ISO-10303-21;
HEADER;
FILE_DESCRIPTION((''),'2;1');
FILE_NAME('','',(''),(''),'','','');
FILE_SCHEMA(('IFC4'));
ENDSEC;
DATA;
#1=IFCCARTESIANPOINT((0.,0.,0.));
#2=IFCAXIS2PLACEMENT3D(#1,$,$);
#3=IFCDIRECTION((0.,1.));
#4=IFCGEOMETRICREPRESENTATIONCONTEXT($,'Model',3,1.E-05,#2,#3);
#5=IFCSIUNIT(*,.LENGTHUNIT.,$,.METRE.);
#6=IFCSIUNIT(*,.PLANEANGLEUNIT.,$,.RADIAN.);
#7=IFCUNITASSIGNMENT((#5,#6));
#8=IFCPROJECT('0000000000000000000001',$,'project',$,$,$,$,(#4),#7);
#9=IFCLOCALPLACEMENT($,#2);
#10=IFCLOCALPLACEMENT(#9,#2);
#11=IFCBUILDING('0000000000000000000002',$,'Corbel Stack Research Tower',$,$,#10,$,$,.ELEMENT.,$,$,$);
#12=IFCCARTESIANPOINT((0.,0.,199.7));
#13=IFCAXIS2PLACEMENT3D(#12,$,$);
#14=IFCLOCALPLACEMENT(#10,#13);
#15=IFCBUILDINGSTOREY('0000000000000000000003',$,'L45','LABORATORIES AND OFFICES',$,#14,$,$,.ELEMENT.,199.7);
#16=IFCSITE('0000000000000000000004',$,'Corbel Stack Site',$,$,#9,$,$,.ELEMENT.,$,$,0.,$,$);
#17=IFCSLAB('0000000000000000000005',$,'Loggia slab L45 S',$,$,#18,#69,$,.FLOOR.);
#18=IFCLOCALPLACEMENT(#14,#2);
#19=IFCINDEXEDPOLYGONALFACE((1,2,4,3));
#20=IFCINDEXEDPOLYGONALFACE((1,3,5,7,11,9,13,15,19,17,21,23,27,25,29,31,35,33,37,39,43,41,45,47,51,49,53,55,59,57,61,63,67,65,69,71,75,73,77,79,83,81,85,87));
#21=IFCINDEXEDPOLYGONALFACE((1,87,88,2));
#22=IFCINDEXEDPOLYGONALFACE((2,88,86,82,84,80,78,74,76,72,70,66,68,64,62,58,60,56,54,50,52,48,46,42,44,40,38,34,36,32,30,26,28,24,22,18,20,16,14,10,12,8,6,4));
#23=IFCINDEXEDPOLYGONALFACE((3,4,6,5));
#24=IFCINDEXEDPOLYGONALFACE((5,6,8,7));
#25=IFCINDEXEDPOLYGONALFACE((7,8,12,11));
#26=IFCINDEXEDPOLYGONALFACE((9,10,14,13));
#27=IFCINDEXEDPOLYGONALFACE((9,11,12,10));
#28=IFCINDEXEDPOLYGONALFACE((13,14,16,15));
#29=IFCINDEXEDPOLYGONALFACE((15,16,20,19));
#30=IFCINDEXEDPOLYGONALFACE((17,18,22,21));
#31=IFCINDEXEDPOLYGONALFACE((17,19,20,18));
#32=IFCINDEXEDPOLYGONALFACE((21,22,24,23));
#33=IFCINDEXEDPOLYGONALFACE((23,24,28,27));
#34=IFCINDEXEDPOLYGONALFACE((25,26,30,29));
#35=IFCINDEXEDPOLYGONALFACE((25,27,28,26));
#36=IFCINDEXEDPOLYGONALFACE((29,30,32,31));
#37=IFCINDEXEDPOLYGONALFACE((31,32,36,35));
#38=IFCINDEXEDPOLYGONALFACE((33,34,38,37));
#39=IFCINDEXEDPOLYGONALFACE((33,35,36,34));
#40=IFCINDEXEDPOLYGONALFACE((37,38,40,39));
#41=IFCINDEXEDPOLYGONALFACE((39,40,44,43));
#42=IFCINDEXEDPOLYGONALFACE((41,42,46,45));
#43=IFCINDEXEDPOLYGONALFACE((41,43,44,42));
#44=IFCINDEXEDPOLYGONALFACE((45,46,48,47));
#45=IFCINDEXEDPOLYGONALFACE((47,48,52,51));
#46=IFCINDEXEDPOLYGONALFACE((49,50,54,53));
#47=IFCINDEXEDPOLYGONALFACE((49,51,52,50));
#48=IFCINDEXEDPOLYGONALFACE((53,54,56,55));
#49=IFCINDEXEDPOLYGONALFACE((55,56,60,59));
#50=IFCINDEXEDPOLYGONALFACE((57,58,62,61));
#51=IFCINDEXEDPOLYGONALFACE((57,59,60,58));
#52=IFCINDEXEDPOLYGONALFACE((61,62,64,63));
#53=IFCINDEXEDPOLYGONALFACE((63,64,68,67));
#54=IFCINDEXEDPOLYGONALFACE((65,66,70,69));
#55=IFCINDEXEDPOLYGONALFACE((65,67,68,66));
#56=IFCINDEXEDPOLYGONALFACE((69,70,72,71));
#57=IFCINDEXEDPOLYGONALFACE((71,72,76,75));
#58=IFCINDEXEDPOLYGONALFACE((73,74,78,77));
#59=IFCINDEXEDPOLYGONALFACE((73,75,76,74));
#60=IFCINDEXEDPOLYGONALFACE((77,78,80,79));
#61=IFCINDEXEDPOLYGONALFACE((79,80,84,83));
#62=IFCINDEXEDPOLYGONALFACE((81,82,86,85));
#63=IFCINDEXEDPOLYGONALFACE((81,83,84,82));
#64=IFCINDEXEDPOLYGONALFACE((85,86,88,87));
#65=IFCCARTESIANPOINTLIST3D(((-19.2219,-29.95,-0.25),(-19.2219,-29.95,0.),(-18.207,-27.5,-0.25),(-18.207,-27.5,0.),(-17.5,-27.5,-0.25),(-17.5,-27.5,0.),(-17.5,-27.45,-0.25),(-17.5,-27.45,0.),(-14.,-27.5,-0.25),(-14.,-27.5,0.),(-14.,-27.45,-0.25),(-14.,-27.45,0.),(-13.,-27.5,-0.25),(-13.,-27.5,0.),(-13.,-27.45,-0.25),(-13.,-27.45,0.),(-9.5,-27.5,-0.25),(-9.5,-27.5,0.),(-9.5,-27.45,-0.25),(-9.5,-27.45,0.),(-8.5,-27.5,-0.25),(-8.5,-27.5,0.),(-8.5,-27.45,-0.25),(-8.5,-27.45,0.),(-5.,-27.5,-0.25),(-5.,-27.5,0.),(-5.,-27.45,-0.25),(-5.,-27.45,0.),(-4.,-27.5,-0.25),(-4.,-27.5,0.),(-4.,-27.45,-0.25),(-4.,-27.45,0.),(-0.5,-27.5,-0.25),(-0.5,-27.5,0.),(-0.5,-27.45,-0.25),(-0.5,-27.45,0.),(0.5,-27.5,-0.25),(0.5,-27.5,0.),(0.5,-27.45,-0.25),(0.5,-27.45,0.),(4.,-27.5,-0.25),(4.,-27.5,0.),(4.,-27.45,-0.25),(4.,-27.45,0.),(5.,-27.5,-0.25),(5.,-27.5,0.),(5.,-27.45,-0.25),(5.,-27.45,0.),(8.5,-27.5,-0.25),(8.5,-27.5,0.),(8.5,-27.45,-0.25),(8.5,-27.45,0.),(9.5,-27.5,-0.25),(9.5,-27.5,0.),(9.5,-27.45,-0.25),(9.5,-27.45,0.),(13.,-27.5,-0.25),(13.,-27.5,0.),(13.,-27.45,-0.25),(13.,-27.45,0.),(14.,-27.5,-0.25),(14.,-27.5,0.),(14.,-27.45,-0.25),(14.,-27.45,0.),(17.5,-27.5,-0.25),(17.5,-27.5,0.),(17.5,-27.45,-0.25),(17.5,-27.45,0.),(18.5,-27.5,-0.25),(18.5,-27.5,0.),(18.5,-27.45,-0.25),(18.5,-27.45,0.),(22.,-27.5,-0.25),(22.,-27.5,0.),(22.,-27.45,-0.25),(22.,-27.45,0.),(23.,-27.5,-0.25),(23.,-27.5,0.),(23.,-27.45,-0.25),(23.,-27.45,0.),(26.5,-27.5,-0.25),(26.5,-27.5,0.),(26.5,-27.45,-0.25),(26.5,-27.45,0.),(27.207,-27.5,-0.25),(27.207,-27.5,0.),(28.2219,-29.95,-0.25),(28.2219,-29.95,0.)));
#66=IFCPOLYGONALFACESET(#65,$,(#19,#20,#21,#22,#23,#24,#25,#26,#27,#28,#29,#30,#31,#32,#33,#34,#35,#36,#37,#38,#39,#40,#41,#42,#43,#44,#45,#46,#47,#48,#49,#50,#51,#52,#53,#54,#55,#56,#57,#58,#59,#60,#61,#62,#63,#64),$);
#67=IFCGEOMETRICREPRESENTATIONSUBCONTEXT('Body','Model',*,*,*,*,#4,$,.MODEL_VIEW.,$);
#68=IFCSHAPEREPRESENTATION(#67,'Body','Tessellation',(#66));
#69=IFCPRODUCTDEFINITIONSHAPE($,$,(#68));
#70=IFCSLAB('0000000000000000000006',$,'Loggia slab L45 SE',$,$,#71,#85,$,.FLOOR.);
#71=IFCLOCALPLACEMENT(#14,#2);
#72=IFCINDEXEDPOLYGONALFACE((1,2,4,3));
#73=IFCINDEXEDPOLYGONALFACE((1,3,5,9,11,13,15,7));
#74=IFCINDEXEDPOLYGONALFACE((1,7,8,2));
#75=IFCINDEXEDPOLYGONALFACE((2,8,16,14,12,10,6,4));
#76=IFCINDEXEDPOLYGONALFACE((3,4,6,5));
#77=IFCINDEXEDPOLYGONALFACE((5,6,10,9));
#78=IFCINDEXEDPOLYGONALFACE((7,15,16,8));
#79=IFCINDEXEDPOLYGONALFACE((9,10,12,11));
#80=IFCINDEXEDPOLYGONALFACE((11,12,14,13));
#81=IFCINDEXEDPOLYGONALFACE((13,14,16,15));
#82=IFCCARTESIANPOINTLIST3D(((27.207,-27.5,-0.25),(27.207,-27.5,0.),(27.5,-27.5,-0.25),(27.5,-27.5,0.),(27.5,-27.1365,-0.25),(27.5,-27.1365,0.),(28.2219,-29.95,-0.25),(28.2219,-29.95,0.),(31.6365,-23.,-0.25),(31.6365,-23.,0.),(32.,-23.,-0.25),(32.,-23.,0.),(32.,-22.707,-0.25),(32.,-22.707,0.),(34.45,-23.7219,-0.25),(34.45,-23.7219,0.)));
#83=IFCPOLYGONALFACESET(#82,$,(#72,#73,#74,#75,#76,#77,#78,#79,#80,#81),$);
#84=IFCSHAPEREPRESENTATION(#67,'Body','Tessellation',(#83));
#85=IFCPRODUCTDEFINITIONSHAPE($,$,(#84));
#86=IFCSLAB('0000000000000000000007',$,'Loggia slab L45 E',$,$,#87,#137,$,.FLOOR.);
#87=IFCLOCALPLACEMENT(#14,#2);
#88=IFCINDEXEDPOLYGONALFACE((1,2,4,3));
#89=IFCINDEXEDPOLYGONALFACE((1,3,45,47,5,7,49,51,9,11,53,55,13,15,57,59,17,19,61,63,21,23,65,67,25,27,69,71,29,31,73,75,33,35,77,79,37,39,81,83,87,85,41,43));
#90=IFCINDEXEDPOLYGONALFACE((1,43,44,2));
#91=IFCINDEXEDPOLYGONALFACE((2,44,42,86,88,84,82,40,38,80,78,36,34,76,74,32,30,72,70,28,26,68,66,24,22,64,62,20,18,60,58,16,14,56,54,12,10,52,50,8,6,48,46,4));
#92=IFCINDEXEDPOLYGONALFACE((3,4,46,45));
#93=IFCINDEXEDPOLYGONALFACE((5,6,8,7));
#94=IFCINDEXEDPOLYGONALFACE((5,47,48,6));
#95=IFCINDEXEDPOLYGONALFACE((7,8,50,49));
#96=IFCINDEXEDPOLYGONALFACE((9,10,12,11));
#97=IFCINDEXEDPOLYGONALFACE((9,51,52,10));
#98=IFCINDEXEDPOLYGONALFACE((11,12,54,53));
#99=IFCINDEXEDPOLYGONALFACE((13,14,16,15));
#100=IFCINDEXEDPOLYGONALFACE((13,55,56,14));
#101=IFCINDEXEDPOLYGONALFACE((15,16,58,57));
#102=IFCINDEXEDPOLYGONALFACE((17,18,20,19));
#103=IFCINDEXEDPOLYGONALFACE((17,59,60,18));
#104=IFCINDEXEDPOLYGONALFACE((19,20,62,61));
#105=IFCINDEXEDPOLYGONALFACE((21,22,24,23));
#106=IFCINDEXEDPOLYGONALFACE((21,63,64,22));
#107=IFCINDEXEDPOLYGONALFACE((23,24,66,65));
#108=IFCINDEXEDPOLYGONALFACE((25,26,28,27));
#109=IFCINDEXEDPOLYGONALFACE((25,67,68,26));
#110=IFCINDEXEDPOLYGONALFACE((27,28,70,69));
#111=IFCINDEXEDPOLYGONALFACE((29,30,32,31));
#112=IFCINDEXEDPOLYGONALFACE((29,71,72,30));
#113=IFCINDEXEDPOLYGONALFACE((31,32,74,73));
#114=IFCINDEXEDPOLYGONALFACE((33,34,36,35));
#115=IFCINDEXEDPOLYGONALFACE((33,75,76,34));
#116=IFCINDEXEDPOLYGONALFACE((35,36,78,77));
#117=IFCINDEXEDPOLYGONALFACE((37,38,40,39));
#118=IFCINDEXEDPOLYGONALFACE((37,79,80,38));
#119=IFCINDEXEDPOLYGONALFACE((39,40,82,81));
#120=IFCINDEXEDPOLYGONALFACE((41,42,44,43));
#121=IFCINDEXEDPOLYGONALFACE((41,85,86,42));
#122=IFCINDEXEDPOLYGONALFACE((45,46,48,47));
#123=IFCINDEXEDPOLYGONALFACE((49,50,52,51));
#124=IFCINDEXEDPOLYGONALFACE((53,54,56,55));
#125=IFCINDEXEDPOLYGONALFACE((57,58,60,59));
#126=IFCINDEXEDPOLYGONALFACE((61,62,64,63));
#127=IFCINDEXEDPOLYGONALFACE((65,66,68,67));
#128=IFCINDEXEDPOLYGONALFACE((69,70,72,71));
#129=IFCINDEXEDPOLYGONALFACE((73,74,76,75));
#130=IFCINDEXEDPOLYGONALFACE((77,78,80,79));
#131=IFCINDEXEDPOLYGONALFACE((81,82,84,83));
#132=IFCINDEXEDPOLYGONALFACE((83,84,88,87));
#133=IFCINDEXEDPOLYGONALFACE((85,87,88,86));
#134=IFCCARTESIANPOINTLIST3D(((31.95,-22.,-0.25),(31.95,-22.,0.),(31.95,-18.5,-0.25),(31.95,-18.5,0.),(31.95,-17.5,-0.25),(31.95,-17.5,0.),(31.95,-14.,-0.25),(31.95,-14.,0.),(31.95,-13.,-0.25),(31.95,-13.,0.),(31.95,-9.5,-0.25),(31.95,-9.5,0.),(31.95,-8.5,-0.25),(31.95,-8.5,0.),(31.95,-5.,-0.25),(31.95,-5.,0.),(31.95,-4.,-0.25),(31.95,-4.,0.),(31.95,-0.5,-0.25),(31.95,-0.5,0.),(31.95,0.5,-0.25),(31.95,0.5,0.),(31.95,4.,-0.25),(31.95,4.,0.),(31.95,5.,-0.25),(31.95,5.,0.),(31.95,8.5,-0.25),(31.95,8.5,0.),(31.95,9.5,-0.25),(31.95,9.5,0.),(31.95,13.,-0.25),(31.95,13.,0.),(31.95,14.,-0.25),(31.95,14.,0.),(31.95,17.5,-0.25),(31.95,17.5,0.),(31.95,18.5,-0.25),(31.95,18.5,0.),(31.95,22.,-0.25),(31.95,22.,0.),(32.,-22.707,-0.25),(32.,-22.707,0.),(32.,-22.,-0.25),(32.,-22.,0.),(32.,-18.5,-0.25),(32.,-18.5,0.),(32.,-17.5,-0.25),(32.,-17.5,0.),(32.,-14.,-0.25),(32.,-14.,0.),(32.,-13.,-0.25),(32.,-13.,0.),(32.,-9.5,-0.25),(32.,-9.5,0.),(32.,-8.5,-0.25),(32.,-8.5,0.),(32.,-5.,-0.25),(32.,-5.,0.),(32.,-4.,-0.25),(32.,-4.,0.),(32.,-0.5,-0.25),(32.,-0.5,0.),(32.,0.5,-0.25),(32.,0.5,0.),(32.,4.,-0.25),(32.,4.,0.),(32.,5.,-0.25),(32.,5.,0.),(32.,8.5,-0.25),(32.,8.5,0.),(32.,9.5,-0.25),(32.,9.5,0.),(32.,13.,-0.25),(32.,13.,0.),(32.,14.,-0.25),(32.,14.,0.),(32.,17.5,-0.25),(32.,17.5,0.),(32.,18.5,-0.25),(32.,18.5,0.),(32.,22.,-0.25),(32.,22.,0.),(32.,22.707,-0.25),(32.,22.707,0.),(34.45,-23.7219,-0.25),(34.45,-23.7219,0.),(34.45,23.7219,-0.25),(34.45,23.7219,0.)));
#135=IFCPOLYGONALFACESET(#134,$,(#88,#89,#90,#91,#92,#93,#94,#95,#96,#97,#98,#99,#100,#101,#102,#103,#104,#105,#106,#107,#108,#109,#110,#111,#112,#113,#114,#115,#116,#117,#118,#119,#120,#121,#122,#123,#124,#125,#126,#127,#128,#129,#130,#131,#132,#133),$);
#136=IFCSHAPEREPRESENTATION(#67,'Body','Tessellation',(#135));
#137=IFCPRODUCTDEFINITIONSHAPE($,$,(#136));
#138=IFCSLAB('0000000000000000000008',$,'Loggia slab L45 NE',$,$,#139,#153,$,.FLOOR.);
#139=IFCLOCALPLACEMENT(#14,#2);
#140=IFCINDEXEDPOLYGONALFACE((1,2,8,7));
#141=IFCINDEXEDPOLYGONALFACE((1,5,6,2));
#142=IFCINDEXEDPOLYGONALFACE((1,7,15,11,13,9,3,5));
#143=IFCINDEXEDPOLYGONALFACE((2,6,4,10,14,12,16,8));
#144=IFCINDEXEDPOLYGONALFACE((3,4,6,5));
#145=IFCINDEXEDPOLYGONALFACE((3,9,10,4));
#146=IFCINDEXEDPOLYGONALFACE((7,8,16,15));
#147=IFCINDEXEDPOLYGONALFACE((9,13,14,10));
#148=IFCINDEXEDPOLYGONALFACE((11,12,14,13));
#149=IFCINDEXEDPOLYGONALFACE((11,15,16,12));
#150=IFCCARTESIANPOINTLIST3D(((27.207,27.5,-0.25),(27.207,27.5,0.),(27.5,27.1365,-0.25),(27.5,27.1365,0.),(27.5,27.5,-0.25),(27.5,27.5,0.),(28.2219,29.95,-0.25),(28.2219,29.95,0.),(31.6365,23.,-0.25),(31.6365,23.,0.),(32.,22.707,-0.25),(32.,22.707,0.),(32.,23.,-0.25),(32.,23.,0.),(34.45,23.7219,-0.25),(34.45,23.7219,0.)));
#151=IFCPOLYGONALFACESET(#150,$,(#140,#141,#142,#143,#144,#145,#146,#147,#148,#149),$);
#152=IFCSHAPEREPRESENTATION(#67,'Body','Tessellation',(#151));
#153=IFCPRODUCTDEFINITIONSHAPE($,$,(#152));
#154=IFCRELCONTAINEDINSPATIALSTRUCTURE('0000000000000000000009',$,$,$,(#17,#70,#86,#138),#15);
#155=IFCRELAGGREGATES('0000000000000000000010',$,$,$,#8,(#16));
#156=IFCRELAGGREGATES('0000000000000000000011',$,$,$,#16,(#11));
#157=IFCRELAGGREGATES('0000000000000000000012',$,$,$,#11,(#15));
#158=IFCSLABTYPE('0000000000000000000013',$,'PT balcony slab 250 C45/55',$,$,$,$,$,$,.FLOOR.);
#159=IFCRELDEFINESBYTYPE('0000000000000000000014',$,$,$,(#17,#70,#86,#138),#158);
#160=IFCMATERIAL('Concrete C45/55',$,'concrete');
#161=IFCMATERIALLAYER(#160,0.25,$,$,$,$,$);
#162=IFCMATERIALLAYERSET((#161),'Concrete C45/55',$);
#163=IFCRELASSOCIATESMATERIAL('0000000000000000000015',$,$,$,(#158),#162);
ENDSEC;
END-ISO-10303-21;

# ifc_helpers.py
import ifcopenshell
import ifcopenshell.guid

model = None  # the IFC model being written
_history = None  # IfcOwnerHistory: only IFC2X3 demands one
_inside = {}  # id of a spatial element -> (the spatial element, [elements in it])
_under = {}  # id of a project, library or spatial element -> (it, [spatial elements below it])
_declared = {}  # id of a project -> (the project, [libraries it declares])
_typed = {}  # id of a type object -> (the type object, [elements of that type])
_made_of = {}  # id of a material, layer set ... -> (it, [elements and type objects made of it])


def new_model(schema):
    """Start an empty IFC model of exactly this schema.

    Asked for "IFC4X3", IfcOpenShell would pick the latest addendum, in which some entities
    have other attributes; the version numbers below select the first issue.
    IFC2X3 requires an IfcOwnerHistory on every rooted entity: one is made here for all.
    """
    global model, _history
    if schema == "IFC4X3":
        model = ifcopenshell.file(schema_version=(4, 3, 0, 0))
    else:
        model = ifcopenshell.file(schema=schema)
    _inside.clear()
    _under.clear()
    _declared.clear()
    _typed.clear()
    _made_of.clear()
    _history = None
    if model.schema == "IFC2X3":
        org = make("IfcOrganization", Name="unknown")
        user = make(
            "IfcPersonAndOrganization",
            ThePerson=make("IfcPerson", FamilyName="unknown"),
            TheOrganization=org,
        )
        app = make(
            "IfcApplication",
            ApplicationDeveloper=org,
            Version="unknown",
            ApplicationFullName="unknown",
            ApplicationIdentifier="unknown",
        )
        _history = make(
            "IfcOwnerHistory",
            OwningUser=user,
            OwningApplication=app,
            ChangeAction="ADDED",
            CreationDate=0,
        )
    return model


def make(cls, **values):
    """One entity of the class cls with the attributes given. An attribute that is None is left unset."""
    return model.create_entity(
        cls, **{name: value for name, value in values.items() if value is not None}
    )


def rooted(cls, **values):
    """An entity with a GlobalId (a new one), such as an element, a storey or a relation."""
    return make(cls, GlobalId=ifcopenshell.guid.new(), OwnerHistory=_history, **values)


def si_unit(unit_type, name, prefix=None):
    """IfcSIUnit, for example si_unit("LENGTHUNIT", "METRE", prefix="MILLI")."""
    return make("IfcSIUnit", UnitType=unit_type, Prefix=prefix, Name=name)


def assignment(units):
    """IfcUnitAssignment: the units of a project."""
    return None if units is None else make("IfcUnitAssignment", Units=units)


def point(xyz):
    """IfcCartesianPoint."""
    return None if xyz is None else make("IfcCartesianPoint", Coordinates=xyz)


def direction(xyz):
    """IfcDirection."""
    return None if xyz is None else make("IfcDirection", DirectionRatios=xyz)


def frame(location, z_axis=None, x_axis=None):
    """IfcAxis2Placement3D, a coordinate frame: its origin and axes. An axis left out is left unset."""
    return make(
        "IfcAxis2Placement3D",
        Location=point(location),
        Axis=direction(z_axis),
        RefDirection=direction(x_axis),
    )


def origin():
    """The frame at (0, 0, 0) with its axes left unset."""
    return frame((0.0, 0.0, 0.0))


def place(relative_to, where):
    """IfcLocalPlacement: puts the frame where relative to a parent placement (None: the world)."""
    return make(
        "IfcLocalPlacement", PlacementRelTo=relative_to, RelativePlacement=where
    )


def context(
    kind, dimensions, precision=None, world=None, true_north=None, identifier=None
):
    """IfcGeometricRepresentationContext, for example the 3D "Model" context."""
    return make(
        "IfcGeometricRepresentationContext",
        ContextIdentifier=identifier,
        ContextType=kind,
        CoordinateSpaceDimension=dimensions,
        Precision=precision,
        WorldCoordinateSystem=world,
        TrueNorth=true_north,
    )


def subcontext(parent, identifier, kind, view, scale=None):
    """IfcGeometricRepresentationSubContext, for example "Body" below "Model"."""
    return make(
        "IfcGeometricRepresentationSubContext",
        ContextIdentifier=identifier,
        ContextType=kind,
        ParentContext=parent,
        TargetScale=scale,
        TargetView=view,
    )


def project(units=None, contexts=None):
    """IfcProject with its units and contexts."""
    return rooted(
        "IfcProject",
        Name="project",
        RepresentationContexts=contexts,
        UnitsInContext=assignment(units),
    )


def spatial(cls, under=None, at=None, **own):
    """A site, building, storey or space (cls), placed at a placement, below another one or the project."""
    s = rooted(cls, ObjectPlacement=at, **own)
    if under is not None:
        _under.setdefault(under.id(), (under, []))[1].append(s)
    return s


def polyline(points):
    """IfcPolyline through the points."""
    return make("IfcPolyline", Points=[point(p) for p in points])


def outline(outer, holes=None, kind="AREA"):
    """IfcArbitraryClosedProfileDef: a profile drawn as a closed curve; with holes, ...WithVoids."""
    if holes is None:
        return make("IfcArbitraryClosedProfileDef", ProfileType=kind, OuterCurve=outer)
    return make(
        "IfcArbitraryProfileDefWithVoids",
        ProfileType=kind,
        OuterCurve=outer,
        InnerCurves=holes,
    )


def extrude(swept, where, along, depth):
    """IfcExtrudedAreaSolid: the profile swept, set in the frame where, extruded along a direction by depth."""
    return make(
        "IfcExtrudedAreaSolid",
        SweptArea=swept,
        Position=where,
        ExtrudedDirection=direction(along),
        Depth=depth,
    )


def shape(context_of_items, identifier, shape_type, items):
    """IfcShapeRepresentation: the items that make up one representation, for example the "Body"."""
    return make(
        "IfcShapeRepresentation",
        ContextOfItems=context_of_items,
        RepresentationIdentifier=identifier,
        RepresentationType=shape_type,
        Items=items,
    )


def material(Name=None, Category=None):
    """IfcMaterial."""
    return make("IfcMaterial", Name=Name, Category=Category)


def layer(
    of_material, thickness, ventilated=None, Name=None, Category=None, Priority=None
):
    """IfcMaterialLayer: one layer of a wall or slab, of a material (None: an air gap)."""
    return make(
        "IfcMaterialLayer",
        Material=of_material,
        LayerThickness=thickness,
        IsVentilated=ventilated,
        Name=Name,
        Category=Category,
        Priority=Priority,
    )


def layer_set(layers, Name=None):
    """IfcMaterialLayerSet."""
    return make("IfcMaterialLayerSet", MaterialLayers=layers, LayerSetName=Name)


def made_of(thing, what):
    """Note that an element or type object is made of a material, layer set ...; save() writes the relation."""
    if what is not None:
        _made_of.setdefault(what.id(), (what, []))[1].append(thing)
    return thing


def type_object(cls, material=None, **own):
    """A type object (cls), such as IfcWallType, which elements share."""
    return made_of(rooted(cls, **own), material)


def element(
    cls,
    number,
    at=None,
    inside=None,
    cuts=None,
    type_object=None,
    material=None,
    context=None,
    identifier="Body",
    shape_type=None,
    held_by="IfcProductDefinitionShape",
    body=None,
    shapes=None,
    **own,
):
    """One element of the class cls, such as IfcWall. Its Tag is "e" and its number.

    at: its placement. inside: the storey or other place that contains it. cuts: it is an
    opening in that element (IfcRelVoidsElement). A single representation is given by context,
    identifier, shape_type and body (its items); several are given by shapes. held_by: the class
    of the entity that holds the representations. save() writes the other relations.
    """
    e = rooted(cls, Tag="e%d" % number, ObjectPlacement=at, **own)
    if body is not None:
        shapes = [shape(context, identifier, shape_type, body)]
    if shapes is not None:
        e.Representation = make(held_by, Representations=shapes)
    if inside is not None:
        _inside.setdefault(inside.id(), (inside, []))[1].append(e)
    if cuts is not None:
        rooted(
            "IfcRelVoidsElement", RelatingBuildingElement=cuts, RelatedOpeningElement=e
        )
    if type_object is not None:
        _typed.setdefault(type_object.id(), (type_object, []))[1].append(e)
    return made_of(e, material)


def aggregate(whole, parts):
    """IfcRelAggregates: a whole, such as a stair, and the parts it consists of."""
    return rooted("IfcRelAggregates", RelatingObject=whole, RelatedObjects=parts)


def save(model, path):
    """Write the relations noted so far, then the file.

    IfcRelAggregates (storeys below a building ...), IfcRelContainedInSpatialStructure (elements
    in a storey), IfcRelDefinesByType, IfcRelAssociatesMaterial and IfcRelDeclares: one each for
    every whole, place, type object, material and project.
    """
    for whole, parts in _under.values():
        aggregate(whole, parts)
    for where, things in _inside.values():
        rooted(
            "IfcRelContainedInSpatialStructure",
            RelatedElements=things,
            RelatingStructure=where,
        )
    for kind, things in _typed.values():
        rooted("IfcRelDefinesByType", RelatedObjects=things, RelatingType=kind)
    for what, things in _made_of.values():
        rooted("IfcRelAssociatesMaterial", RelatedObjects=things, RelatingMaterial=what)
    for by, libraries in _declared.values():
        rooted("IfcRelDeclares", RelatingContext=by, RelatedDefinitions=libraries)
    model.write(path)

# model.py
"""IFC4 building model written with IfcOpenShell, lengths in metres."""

from ifc_helpers import new_model, si_unit, direction, frame, origin, place, context, subcontext, project, spatial, polyline, outline, extrude, material, layer, layer_set, type_object, element, save


model = new_model("IFC4")

# Units and contexts
model_context = context("Model", 3, precision=1e-05, world=origin(), true_north=direction((0.0, 1.0)))
body_context = subcontext(model_context, "Body", "Model", "MODEL_VIEW")
ifc_project = project(units=[si_unit("LENGTHUNIT", "METRE"), si_unit("PLANEANGLEUNIT", "RADIAN")], contexts=[model_context])

# Site, building, storey
site_placement = place(None, origin())
site = spatial("IfcSite", under=ifc_project, at=site_placement, Name="Corbel Stack Site", CompositionType="ELEMENT", RefElevation=0.0)
building_placement = place(site_placement, origin())
building = spatial("IfcBuilding", under=site, at=building_placement, Name="Corbel Stack Research Tower", CompositionType="ELEMENT")
storey_placement = place(building_placement, frame((0.0, 0.0, 199.7)))
storey = spatial("IfcBuildingStorey", under=building, at=storey_placement, Name="L45", Description="LABORATORIES AND OFFICES", CompositionType="ELEMENT", Elevation=199.7)

# Slabs
ifc_material_1 = material(Name="Concrete C45/55", Category="concrete")
ifc_layer_1 = layer(ifc_material_1, 0.25)
ifc_layer_set_1 = layer_set([ifc_layer_1], Name="Concrete C45/55")
slab_type_1 = type_object("IfcSlabType", Name="PT balcony slab 250 C45/55", PredefinedType="FLOOR", material=ifc_layer_set_1)
slab_1_placement = place(storey_placement, frame((0.0, 0.0, -0.25)))
element("IfcSlab", 1, at=slab_1_placement, inside=storey, type_object=slab_type_1, Name="Loggia slab L45 S", PredefinedType="FLOOR", context=body_context, shape_type="SweptSolid", body=[
    extrude(outline(polyline([(27.207, -27.5), (26.5, -27.5), (26.5, -27.45), (23.0, -27.45), (23.0, -27.5), (22.0, -27.5), (22.0, -27.45), (18.5, -27.45), (18.5, -27.5), (17.5, -27.5), (17.5, -27.45), (14.0, -27.45), (14.0, -27.5), (13.0, -27.5), (13.0, -27.45), (9.5, -27.45), (9.5, -27.5), (8.5, -27.5), (8.5, -27.45), (5.0, -27.45), (5.0, -27.5), (4.0, -27.5), (4.0, -27.45), (0.5, -27.45), (0.5, -27.5), (-0.5, -27.5), (-0.5, -27.45), (-4.0, -27.45), (-4.0, -27.5), (-5.0, -27.5), (-5.0, -27.45), (-8.5, -27.45), (-8.5, -27.5), (-9.5, -27.5), (-9.5, -27.45), (-13.0, -27.45), (-13.0, -27.5), (-14.0, -27.5), (-14.0, -27.45), (-17.5, -27.45), (-17.5, -27.5), (-18.207, -27.5), (-19.2219, -29.95), (28.2219, -29.95), (27.207, -27.5)])), origin(), (0.0, 0.0, 1.0), 0.25),
])
slab_2_placement = place(storey_placement, frame((0.0, 0.0, -0.25)))
element("IfcSlab", 2, at=slab_2_placement, inside=storey, type_object=slab_type_1, Name="Loggia slab L45 SE", PredefinedType="FLOOR", context=body_context, shape_type="SweptSolid", body=[
    extrude(outline(polyline([(32.0, -22.707), (32.0, -23.0), (31.6365, -23.0), (27.5, -27.1365), (27.5, -27.5), (27.207, -27.5), (28.2219, -29.95), (34.45, -23.7219), (32.0, -22.707)])), origin(), (0.0, 0.0, 1.0), 0.25),
])
slab_3_placement = place(storey_placement, frame((0.0, 0.0, -0.25)))
element("IfcSlab", 3, at=slab_3_placement, inside=storey, type_object=slab_type_1, Name="Loggia slab L45 E", PredefinedType="FLOOR", context=body_context, shape_type="SweptSolid", body=[
    extrude(outline(polyline([(32.0, 22.707), (32.0, 22.0), (31.95, 22.0), (31.95, 18.5), (32.0, 18.5), (32.0, 17.5), (31.95, 17.5), (31.95, 14.0), (32.0, 14.0), (32.0, 13.0), (31.95, 13.0), (31.95, 9.5), (32.0, 9.5), (32.0, 8.5), (31.95, 8.5), (31.95, 5.0), (32.0, 5.0), (32.0, 4.0), (31.95, 4.0), (31.95, 0.5), (32.0, 0.5), (32.0, -0.5), (31.95, -0.5), (31.95, -4.0), (32.0, -4.0), (32.0, -5.0), (31.95, -5.0), (31.95, -8.5), (32.0, -8.5), (32.0, -9.5), (31.95, -9.5), (31.95, -13.0), (32.0, -13.0), (32.0, -14.0), (31.95, -14.0), (31.95, -17.5), (32.0, -17.5), (32.0, -18.5), (31.95, -18.5), (31.95, -22.0), (32.0, -22.0), (32.0, -22.707), (34.45, -23.7219), (34.45, 23.7219), (32.0, 22.707)])), origin(), (0.0, 0.0, 1.0), 0.25),
])
slab_4_placement = place(storey_placement, frame((0.0, 0.0, -0.25)))
element("IfcSlab", 4, at=slab_4_placement, inside=storey, type_object=slab_type_1, Name="Loggia slab L45 NE", PredefinedType="FLOOR", context=body_context, shape_type="SweptSolid", body=[
    extrude(outline(polyline([(27.207, 27.5), (27.5, 27.5), (27.5, 27.1365), (31.6365, 23.0), (32.0, 23.0), (32.0, 22.707), (34.45, 23.7219), (28.2219, 29.95), (27.207, 27.5)])), origin(), (0.0, 0.0, 1.0), 0.25),
])

save(model, "model.ifc")
